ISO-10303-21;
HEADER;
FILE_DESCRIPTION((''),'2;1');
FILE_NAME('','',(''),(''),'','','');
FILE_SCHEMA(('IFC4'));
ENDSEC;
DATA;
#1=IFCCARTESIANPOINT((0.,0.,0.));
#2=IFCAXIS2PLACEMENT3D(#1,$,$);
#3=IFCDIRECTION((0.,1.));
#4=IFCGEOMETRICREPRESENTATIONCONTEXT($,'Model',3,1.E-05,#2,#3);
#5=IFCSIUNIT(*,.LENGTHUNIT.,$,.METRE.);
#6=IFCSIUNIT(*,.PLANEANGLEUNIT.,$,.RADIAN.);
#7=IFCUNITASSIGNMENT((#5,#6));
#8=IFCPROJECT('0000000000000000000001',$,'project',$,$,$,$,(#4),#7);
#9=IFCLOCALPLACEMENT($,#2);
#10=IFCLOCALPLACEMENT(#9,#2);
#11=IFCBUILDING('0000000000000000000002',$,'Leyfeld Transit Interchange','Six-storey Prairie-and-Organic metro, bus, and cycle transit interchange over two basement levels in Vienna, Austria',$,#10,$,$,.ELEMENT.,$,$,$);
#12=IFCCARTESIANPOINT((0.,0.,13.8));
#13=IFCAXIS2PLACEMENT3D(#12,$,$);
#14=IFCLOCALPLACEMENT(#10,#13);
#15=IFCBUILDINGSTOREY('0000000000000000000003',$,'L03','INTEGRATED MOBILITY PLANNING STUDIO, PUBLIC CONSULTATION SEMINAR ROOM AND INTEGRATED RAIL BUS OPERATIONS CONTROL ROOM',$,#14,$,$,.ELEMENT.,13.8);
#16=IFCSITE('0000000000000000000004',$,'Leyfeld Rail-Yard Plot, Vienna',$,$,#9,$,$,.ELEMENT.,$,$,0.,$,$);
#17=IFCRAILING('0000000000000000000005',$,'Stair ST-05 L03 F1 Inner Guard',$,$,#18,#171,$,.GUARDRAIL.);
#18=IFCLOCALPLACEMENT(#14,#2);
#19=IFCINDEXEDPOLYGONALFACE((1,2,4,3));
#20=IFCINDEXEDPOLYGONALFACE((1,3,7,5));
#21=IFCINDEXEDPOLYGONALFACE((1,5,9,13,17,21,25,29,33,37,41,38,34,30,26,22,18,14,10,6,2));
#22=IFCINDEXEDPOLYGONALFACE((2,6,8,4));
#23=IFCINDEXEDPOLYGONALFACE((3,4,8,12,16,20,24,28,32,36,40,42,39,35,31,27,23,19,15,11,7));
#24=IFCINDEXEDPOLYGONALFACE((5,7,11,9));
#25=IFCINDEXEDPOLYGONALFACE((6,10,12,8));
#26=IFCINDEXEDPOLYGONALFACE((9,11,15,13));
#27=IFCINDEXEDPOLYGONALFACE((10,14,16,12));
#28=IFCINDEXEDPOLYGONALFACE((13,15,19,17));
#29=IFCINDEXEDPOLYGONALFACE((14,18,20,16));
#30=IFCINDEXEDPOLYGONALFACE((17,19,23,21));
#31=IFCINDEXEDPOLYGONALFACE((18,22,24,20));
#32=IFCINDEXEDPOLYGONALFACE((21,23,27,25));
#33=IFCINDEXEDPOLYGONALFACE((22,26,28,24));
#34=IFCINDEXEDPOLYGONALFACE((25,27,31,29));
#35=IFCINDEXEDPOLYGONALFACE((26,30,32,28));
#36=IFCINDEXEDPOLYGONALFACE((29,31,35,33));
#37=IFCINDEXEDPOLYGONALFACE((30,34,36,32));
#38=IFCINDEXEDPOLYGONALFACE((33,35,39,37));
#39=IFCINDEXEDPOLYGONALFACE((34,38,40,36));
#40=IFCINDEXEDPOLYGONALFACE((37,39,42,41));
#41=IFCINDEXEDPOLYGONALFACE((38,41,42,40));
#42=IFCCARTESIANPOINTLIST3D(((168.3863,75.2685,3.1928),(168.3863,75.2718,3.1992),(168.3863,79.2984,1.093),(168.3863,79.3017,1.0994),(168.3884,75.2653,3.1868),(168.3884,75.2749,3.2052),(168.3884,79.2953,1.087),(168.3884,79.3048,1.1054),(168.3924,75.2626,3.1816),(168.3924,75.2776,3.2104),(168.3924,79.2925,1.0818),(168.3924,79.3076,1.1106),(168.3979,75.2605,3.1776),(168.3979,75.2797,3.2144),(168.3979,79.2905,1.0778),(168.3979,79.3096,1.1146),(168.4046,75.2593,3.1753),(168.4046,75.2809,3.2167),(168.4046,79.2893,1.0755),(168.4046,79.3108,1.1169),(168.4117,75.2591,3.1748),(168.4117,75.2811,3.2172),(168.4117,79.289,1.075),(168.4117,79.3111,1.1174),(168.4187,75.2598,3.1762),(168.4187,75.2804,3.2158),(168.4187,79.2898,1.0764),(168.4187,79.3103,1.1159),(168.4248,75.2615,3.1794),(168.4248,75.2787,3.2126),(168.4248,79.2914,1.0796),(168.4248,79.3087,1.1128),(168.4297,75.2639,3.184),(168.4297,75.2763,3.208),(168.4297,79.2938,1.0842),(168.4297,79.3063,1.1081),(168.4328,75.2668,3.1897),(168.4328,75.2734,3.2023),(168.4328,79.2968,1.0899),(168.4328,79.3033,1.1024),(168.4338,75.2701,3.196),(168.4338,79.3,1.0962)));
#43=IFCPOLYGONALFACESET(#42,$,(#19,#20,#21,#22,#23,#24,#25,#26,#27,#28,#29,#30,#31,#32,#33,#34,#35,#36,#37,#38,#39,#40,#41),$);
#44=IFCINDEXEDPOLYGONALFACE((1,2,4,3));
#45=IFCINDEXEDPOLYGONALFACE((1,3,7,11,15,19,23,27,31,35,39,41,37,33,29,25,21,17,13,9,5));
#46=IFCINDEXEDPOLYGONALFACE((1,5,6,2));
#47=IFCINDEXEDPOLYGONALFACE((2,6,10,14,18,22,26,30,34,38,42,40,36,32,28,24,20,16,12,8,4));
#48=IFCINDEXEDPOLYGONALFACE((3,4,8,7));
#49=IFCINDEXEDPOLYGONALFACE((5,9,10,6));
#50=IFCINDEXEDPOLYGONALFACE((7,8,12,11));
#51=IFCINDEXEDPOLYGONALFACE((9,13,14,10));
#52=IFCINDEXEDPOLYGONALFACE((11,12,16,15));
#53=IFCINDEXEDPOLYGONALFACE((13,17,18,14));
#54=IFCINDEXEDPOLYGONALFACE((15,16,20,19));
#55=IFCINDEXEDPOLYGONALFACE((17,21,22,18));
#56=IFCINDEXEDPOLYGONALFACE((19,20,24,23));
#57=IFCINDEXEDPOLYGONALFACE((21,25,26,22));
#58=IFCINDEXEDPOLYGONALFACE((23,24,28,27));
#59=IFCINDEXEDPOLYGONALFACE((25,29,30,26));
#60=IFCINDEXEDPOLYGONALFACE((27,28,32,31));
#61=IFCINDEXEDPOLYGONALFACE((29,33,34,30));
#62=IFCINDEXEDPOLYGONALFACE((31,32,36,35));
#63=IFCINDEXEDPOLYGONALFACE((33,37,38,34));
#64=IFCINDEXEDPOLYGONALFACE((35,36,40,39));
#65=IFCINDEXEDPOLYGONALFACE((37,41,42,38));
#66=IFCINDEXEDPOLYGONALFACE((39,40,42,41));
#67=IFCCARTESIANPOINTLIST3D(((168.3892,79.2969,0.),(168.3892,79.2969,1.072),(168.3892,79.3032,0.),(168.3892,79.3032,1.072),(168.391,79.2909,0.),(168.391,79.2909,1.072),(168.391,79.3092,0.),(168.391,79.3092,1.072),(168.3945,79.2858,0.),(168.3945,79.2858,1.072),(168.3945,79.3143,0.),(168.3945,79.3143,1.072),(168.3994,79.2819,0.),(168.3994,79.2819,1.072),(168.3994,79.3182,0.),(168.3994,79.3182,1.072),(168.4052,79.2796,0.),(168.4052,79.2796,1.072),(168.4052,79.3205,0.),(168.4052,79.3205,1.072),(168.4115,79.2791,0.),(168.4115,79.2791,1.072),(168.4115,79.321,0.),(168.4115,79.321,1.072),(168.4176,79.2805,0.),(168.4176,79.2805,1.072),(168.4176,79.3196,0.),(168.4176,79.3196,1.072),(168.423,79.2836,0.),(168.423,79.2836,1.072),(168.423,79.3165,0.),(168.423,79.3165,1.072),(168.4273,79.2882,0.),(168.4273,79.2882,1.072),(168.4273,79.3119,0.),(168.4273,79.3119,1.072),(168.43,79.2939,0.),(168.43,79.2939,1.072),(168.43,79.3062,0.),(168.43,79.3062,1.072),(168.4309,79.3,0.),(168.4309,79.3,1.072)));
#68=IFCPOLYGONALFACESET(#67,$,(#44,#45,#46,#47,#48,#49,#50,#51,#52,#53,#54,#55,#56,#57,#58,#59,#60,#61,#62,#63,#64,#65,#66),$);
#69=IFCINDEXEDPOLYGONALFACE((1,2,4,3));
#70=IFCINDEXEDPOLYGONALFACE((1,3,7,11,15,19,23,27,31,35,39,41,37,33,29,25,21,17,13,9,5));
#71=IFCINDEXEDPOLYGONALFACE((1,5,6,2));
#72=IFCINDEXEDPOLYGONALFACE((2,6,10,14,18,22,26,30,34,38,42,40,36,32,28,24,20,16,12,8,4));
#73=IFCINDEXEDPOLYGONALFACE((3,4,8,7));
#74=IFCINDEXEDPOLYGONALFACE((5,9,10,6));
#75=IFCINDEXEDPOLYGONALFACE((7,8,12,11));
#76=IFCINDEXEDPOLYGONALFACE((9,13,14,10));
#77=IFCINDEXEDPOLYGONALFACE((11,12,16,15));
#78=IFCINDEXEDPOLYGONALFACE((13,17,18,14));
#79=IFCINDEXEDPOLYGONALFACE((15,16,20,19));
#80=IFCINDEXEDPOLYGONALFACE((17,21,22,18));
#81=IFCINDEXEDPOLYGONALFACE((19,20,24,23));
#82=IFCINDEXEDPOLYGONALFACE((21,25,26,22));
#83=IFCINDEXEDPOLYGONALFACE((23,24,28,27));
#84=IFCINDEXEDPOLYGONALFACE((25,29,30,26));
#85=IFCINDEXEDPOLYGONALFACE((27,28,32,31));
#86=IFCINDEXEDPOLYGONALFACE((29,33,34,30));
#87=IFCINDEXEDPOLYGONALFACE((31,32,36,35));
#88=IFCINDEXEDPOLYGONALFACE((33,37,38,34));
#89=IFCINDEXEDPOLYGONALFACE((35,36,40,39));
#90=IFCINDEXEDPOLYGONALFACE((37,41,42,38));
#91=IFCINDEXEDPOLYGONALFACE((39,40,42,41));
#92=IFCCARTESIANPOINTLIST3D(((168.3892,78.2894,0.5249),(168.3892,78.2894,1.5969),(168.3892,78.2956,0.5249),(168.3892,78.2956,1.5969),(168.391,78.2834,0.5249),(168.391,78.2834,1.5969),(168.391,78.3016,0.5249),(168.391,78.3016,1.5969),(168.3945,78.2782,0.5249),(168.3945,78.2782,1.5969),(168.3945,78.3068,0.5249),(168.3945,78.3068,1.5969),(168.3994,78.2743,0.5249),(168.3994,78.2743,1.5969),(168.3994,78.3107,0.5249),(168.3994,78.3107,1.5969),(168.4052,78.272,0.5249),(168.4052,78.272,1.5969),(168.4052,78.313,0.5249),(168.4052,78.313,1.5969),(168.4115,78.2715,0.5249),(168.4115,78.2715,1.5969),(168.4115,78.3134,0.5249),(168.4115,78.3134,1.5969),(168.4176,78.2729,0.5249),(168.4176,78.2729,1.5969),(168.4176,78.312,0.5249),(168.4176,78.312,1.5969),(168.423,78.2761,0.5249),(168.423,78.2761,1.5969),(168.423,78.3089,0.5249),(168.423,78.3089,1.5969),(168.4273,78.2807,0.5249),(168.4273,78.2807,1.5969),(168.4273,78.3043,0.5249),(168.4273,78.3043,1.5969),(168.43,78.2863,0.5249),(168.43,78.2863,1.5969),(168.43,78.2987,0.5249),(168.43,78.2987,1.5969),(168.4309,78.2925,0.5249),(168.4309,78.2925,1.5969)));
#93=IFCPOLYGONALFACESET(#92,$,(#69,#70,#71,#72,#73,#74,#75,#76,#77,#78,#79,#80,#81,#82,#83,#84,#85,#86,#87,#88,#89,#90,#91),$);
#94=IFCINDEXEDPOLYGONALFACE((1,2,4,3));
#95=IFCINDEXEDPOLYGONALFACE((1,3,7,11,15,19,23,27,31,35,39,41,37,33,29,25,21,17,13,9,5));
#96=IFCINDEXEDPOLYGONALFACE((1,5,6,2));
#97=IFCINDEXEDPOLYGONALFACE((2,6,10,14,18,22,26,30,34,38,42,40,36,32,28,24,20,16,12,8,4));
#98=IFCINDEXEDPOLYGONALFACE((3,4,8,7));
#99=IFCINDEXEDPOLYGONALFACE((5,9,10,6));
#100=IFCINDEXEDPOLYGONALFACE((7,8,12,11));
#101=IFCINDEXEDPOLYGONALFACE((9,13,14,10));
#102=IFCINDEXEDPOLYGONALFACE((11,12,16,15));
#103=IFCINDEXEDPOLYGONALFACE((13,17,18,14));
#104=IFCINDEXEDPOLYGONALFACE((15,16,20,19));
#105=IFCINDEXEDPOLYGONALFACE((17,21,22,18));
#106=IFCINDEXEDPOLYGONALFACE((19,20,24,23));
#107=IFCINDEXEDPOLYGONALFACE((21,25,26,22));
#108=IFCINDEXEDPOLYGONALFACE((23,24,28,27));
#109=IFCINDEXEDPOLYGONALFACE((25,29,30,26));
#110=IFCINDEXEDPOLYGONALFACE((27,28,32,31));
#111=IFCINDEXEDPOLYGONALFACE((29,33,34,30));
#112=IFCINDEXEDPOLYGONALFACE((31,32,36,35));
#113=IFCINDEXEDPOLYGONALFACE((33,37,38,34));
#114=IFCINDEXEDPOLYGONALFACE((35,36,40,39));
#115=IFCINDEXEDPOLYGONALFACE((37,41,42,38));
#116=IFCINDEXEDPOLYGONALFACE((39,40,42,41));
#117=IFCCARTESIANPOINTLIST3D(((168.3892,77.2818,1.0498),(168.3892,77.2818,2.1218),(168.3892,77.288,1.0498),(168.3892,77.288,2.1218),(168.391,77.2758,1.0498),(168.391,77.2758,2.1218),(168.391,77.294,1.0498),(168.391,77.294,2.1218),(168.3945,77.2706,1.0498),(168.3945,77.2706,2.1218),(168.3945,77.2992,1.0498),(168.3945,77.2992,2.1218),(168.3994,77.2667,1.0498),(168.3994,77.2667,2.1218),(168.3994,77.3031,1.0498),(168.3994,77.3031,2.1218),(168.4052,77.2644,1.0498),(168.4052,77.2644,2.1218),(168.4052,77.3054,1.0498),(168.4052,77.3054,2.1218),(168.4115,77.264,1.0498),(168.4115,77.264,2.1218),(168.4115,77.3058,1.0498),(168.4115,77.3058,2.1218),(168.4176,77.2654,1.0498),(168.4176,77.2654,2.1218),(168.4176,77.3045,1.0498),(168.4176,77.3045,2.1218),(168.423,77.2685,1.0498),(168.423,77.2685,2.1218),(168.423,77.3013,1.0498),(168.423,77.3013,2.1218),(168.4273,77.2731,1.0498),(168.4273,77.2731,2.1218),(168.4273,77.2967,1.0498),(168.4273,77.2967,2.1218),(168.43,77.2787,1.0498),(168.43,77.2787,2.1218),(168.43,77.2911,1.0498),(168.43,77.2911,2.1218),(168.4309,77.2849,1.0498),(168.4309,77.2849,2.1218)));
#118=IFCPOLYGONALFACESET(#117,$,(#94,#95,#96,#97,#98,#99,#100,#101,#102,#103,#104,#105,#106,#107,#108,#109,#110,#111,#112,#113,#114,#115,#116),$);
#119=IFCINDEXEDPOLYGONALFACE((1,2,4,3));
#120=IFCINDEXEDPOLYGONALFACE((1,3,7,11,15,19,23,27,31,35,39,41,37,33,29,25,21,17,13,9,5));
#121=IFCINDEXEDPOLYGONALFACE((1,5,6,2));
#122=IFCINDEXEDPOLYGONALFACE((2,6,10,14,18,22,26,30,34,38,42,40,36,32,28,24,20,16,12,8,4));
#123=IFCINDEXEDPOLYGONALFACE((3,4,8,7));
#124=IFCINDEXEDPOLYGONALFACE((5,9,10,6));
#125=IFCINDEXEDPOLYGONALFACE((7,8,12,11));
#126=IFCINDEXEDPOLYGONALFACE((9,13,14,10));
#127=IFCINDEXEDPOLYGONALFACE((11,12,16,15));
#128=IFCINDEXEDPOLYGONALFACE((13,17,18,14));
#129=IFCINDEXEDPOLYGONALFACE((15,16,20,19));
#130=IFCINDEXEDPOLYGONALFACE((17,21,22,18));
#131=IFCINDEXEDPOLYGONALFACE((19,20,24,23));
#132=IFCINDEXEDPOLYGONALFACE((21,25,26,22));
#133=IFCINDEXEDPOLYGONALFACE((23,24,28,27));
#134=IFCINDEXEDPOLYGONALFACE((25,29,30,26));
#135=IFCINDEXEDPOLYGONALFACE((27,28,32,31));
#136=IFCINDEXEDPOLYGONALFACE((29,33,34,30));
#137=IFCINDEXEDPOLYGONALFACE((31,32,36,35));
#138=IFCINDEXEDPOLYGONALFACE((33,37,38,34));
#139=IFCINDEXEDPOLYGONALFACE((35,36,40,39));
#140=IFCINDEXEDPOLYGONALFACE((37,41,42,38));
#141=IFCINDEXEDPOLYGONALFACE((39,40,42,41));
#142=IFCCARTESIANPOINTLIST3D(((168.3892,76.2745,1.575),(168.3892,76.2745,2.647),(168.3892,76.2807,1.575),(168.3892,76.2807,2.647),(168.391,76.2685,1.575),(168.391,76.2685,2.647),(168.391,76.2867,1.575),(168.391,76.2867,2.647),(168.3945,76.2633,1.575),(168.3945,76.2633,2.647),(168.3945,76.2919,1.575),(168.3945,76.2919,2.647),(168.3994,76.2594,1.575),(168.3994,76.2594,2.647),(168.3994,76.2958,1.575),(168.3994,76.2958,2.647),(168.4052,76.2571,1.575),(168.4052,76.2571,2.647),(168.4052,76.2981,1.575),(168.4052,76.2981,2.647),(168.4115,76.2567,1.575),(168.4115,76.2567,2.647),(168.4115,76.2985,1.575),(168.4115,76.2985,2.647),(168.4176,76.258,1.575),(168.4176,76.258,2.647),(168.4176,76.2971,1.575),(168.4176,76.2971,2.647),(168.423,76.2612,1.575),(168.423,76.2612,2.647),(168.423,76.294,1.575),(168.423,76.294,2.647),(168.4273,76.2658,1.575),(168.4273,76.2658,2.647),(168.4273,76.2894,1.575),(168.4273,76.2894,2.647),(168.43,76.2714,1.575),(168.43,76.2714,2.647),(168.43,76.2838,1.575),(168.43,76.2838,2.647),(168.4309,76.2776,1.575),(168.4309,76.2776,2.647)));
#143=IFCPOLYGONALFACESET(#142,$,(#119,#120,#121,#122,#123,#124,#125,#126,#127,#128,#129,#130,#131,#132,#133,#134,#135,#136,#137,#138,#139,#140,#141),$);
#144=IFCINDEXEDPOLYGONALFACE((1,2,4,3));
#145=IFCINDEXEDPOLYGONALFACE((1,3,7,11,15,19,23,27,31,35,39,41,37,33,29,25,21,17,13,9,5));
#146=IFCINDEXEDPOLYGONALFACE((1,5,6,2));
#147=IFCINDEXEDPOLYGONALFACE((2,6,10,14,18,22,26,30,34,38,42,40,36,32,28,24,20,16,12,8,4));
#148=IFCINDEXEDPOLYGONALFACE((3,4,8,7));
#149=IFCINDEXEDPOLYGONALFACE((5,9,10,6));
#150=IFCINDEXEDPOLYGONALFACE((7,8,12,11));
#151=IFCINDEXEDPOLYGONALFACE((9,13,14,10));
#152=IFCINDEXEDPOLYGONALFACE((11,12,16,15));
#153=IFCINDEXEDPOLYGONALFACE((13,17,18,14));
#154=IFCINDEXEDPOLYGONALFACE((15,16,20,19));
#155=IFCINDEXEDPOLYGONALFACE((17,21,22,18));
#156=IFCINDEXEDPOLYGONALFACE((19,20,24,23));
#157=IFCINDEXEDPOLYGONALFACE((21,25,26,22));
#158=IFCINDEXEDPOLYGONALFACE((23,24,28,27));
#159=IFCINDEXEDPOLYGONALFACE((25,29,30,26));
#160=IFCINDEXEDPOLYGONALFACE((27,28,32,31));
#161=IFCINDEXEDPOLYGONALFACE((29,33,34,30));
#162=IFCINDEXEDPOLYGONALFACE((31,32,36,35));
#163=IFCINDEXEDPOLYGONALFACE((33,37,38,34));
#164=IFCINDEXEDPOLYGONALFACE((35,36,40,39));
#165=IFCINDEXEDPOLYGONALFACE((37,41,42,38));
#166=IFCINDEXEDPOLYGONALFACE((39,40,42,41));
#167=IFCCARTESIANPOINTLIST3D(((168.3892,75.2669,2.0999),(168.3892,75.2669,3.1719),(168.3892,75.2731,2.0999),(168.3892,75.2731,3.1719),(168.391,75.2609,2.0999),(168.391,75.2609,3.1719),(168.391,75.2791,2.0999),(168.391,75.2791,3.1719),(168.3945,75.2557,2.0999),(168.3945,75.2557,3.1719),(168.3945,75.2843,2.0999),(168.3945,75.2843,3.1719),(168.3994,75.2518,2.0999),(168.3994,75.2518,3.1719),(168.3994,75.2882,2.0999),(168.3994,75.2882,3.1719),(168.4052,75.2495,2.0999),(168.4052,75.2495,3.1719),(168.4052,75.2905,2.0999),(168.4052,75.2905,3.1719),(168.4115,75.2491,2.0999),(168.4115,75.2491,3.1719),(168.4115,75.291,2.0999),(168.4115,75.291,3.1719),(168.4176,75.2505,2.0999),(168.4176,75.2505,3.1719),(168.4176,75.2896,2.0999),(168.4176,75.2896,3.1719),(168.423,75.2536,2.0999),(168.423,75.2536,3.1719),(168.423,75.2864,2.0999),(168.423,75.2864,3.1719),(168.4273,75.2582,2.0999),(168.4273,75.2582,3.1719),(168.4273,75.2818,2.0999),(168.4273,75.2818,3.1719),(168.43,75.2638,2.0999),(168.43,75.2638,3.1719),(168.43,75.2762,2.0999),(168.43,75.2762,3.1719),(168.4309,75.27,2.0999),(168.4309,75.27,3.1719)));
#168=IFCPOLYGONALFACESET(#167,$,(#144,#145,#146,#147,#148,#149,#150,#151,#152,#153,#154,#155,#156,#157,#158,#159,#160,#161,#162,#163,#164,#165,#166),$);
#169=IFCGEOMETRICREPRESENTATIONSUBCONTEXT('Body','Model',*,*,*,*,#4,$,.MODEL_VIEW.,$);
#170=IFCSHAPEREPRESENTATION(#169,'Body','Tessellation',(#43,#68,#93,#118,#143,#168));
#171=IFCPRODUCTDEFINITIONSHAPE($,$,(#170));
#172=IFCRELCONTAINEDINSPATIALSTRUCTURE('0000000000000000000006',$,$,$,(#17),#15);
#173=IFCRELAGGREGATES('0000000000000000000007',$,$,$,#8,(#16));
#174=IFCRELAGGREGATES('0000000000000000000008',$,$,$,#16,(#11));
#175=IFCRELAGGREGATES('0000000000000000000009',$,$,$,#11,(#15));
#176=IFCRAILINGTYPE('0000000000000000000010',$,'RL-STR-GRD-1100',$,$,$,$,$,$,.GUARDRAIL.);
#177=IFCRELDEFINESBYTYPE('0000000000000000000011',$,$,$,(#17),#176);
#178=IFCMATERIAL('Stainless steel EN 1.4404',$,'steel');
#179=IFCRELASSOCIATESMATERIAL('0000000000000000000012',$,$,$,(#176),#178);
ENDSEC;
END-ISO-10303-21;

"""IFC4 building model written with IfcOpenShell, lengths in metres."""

from ifc_helpers import new_model, si_unit, direction, frame, origin, origin_2d, place, context, subcontext, project, spatial, circle, extrude, material, type_object, element, save


model = new_model("IFC4")

# Units and contexts
model_context = context("Model", 3, precision=1e-05, world=origin(), true_north=direction((0.0, 1.0)))
body_context = subcontext(model_context, "Body", "Model", "MODEL_VIEW")
ifc_project = project(units=[si_unit("LENGTHUNIT", "METRE"), si_unit("PLANEANGLEUNIT", "RADIAN")], contexts=[model_context])

# Site, building, storey
site_placement = place(None, origin())
site = spatial("IfcSite", under=ifc_project, at=site_placement, Name="Leyfeld Rail-Yard Plot, Vienna", CompositionType="ELEMENT", RefElevation=0.0)
building_placement = place(site_placement, origin())
building = spatial("IfcBuilding", under=site, at=building_placement, Name="Leyfeld Transit Interchange", Description="Six-storey Prairie-and-Organic metro, bus, and cycle transit interchange over two basement levels in Vienna, Austria", CompositionType="ELEMENT")
storey_placement = place(building_placement, frame((0.0, 0.0, 13.8)))
storey = spatial("IfcBuildingStorey", under=building, at=storey_placement, Name="L03", Description="INTEGRATED MOBILITY PLANNING STUDIO, PUBLIC CONSULTATION SEMINAR ROOM AND INTEGRATED RAIL BUS OPERATIONS CONTROL ROOM", CompositionType="ELEMENT", Elevation=13.8)

# Railing
ifc_material_1 = material(Name="Stainless steel EN 1.4404", Category="steel")
railing_type_1 = type_object("IfcRailingType", Name="RL-STR-GRD-1100", PredefinedType="GUARDRAIL", material=ifc_material_1)
for number, where, name in (
    (1, (168.4099, 79.3, 0.0), "Stair ST-05 L03 F1 Inner Guard"),
):
    element("IfcRailing", number, at=place(storey_placement, frame(where)), inside=storey, type_object=railing_type_1, Name=name, PredefinedType="GUARDRAIL", context=body_context, shape_type="SweptSolid", body=[
        extrude(circle(Radius=0.0239, at=origin_2d()), frame((0.0, 0.0, 1.0962), z_axis=(0.0, -0.886835, 0.462087), x_axis=(1.0, 0.0, 0.0)), (0.0, 0.0, 1.0), 4.5442),
        extrude(circle(Radius=0.021, at=origin_2d()), origin(), (0.0, 0.0, 1.0), 1.072),
        extrude(circle(Radius=0.021, at=origin_2d()), frame((0.0, -1.0076, 0.5249)), (0.0, 0.0, 1.0), 1.072),
        extrude(circle(Radius=0.021, at=origin_2d()), frame((0.0, -2.0151, 1.0498)), (0.0, 0.0, 1.0), 1.072),
        extrude(circle(Radius=0.021, at=origin_2d()), frame((0.0, -3.0225, 1.575)), (0.0, 0.0, 1.0), 1.072),
        extrude(circle(Radius=0.021, at=origin_2d()), frame((0.0, -4.03, 2.0999)), (0.0, 0.0, 1.0), 1.072),
    ])

save(model, "model.ifc")
